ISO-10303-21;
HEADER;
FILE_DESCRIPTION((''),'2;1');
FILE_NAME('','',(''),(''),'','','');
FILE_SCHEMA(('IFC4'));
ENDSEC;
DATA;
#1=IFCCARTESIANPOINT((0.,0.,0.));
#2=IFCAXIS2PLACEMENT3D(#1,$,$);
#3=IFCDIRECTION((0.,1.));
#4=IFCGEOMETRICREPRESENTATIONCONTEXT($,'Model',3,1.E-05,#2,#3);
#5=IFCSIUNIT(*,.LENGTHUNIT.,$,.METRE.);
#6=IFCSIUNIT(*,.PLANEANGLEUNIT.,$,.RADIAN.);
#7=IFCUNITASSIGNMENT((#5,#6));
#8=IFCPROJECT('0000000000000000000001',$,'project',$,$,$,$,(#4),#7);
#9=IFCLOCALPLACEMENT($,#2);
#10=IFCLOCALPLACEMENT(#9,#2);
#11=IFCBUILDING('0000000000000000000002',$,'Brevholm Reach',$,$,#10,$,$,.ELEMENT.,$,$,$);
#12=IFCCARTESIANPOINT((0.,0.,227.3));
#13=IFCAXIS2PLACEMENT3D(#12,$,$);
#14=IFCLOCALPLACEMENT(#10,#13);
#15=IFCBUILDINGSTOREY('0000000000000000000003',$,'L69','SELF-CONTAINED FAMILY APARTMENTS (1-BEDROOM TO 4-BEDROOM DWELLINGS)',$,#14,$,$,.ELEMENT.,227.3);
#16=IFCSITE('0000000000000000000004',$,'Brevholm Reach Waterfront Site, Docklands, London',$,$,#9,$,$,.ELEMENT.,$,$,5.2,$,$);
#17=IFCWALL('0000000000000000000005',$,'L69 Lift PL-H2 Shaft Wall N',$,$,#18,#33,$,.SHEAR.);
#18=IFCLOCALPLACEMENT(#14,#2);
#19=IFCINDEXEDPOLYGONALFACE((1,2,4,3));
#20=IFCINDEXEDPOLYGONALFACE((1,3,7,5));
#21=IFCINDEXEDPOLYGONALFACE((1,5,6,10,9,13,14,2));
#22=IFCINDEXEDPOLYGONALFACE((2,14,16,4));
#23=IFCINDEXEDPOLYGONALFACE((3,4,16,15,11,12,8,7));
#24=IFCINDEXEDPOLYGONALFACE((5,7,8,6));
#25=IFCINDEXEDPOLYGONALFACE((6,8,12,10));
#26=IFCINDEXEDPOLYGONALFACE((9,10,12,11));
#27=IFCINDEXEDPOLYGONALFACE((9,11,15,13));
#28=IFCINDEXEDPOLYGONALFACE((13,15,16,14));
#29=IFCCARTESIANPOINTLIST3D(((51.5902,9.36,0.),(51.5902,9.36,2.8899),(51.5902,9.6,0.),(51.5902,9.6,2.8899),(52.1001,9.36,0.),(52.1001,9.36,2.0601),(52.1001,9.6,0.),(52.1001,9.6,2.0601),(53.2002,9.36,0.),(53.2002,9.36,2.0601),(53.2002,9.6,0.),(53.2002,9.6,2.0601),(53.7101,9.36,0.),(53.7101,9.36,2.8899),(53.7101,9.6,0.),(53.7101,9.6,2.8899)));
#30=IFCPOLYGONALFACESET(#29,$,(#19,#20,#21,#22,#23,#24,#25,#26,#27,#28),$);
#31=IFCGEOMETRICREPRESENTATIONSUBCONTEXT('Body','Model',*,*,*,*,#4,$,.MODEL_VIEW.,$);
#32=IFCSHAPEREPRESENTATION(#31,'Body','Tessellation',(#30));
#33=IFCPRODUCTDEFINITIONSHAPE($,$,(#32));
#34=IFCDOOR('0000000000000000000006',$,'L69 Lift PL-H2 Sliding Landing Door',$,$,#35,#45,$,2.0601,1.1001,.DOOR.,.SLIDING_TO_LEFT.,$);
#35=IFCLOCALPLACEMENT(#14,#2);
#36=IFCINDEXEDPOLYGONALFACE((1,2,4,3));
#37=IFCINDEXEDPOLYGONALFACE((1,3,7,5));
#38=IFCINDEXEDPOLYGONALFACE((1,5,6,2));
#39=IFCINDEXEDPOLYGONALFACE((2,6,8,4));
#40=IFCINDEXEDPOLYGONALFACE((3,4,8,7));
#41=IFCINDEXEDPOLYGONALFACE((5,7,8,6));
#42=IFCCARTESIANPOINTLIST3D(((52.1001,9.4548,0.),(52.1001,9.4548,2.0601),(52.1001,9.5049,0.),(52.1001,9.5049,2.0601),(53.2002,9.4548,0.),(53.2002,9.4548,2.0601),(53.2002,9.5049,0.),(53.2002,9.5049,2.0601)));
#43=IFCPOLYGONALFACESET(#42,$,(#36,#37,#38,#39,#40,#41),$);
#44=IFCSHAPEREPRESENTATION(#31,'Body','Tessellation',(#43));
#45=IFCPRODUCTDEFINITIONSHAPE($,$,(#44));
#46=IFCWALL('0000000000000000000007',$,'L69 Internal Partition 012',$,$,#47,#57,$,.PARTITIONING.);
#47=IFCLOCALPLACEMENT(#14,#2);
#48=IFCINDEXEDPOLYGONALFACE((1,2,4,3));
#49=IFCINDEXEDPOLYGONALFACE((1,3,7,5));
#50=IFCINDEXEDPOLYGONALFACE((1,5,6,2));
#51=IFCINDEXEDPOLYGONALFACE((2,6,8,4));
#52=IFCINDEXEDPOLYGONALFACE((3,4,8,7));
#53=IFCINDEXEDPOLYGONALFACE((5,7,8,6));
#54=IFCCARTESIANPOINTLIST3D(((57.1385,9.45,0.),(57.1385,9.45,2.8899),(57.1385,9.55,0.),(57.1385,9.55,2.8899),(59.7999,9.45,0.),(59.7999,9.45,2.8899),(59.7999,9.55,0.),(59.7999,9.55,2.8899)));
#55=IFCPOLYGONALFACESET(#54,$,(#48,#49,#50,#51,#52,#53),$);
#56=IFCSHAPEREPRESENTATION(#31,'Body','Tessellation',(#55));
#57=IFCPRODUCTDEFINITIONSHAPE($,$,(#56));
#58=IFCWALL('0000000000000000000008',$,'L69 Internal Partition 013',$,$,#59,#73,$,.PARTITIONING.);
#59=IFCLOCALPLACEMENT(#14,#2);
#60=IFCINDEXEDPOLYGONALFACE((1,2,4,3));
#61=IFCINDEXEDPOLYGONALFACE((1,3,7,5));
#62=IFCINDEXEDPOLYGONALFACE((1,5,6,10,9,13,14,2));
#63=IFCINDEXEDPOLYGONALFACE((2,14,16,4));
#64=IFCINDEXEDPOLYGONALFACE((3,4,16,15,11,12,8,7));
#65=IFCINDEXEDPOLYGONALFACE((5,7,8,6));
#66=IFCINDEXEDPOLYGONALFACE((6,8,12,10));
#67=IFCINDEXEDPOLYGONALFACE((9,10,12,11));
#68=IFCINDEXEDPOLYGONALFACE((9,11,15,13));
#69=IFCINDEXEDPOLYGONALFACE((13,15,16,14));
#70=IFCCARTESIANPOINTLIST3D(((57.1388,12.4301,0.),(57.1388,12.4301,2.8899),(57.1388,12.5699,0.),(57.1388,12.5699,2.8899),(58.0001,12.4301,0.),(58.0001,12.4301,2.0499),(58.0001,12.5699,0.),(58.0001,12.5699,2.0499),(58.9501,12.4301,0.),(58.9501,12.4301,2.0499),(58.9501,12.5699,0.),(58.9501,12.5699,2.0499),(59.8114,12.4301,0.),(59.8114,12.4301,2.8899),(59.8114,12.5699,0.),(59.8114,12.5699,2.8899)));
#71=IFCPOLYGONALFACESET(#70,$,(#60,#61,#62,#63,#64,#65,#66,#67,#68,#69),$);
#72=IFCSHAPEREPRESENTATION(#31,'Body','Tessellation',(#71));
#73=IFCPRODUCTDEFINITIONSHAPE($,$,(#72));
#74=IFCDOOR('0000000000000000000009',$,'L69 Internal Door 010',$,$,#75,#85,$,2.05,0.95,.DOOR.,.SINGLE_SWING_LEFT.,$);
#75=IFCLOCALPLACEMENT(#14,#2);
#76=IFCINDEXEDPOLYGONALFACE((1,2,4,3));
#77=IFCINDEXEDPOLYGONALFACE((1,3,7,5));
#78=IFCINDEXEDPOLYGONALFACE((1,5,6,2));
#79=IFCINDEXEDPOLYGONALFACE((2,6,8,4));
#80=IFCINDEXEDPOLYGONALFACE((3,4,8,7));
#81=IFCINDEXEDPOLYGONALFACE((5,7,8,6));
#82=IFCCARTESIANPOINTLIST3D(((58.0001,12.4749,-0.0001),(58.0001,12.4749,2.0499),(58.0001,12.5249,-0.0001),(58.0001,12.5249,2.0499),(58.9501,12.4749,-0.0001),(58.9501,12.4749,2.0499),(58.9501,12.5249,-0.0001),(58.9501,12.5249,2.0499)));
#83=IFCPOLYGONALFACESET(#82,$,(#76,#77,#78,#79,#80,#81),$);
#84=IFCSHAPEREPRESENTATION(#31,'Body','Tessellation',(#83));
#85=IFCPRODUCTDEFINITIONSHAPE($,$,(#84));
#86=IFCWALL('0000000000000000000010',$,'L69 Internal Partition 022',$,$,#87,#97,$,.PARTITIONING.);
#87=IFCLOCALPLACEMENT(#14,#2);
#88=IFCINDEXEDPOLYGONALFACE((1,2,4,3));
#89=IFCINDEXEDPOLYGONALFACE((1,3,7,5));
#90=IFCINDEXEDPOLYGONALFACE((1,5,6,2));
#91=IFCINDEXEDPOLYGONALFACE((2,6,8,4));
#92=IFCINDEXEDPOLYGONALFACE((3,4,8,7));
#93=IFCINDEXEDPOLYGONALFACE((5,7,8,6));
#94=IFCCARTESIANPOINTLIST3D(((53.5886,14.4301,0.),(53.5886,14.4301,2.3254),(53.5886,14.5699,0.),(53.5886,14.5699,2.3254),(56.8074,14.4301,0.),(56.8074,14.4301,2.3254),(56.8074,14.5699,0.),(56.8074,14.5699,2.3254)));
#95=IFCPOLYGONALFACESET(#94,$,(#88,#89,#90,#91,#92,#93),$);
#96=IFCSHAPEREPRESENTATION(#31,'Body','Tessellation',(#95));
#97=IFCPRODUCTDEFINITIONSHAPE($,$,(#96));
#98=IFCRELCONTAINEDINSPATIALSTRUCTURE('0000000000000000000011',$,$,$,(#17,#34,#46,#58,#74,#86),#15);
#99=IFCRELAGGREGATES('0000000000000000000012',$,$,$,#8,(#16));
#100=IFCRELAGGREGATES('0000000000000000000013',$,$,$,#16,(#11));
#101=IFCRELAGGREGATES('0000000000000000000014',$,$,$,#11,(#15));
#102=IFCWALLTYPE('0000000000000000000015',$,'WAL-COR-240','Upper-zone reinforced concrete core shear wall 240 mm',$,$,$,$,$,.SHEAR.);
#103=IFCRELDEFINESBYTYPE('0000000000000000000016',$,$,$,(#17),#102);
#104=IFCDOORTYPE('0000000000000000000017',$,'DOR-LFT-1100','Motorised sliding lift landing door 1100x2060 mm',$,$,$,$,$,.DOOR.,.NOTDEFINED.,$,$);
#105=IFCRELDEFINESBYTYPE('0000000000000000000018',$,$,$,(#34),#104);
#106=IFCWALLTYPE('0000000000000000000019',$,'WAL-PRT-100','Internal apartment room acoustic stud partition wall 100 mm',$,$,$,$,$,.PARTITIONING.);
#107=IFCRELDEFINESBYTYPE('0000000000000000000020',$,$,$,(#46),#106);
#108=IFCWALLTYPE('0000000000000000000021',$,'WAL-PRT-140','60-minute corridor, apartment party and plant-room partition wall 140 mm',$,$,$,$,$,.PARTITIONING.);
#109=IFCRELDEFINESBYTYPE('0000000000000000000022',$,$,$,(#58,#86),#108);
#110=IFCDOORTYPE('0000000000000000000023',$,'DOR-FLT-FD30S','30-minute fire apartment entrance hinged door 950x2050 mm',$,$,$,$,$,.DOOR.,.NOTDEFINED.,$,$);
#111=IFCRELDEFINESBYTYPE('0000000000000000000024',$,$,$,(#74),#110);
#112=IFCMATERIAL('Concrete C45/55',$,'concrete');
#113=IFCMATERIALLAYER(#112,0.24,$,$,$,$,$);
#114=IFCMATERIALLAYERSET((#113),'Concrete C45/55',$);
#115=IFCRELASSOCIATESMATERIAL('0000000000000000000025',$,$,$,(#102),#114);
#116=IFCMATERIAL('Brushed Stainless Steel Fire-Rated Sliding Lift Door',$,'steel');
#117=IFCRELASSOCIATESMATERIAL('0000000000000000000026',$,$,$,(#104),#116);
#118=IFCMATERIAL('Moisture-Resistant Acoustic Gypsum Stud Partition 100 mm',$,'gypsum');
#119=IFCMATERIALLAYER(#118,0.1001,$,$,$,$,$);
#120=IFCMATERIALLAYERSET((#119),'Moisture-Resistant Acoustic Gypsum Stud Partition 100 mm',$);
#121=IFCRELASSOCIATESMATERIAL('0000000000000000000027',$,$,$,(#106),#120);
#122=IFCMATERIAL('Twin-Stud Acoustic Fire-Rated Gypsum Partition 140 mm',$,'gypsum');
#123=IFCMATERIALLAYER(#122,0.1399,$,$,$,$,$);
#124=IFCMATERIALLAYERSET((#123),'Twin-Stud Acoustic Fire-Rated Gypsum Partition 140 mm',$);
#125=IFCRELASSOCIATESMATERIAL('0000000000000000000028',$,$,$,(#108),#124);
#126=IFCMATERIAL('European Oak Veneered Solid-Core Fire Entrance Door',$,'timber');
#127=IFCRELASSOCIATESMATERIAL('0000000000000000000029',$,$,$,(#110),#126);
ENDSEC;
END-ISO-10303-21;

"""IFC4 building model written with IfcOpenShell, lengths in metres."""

from ifc_helpers import new_model, si_unit, direction, frame, frame_2d, origin, place, context, subcontext, project, spatial, rectangle, extrude, material, layer, layer_set, type_object, element, fill, save


model = new_model("IFC4")

# Units and contexts
model_context = context("Model", 3, precision=1e-05, world=origin(), true_north=direction((0.0, 1.0)))
body_context = subcontext(model_context, "Body", "Model", "MODEL_VIEW")
ifc_project = project(units=[si_unit("LENGTHUNIT", "METRE"), si_unit("PLANEANGLEUNIT", "RADIAN")], contexts=[model_context])

# Site, building, storey
site_placement = place(None, origin())
site = spatial("IfcSite", under=ifc_project, at=site_placement, Name="Brevholm Reach Waterfront Site, Docklands, London", CompositionType="ELEMENT", RefElevation=5.2)
building_placement = place(site_placement, origin())
building = spatial("IfcBuilding", under=site, at=building_placement, Name="Brevholm Reach", CompositionType="ELEMENT")
storey_placement = place(building_placement, frame((0.0, 0.0, 227.3)))
storey = spatial("IfcBuildingStorey", under=building, at=storey_placement, Name="L69", Description="SELF-CONTAINED FAMILY APARTMENTS (1-BEDROOM TO 4-BEDROOM DWELLINGS)", CompositionType="ELEMENT", Elevation=227.3)

# Shared definitions
ifc_material_1 = material(Name="Concrete C45/55", Category="concrete")
ifc_layer_1 = layer(ifc_material_1, 0.24)
ifc_layer_set_1 = layer_set([ifc_layer_1], Name="Concrete C45/55")
wall_type_1 = type_object("IfcWallType", Name="WAL-COR-240", Description="Upper-zone reinforced concrete core shear wall 240 mm", PredefinedType="SHEAR", material=ifc_layer_set_1)

# Wall, opening, door
wall_1_placement = place(storey_placement, frame((51.5901, 9.48, 0.0), z_axis=(0.0, 0.0, 1.0), x_axis=(1.0, 0.0, 0.0)))
wall_1 = element("IfcWall", 1, at=wall_1_placement, inside=storey, type_object=wall_type_1, Name="L69 Lift PL-H2 Shaft Wall N", PredefinedType="SHEAR", context=body_context, shape_type="SweptSolid", body=[
    extrude(rectangle(XDim=2.1199, YDim=0.24, at=frame_2d((1.0601, 0.0))), origin(), (0.0, 0.0, 1.0), 2.8899),
])
opening_1_placement = place(wall_1_placement, frame((0.51, 0.0, 0.0)))
opening_1 = element("IfcOpeningElement", 2, at=opening_1_placement, cuts=wall_1, PredefinedType="OPENING", context=body_context, shape_type="SweptSolid", body=[
    extrude(rectangle(XDim=1.1001, YDim=2.0601, at=frame_2d((0.55, 1.03))), frame((0.0, 0.1299, 0.0), z_axis=(0.0, -1.0, 0.0), x_axis=(1.0, 0.0, 0.0)), (0.0, 0.0, 1.0), 0.26),
])
ifc_material_2 = material(Name="Brushed Stainless Steel Fire-Rated Sliding Lift Door", Category="steel")
door_type_1 = type_object("IfcDoorType", Name="DOR-LFT-1100", Description="Motorised sliding lift landing door 1100x2060 mm", OperationType="NOTDEFINED", PredefinedType="DOOR", material=ifc_material_2)
door_1_placement = place(opening_1_placement, origin())
door_1 = element("IfcDoor", 3, at=door_1_placement, inside=storey, type_object=door_type_1, Name="L69 Lift PL-H2 Sliding Landing Door", OperationType="SLIDING_TO_LEFT", OverallHeight=2.0601, OverallWidth=1.1001, PredefinedType="DOOR", context=body_context, shape_type="SweptSolid", body=[
    extrude(rectangle(XDim=1.1001, YDim=2.0601, at=frame_2d((0.55, 1.03))), frame((0.0, 0.0249, 0.0), z_axis=(0.0, -1.0, 0.0), x_axis=(1.0, 0.0, 0.0)), (0.0, 0.0, 1.0), 0.05),
])
fill(opening_1, door_1)

# Wall
ifc_material_3 = material(Name="Moisture-Resistant Acoustic Gypsum Stud Partition 100 mm", Category="gypsum")
ifc_layer_2 = layer(ifc_material_3, 0.1001)
ifc_layer_set_2 = layer_set([ifc_layer_2], Name="Moisture-Resistant Acoustic Gypsum Stud Partition 100 mm")
wall_type_2 = type_object("IfcWallType", Name="WAL-PRT-100", Description="Internal apartment room acoustic stud partition wall 100 mm", PredefinedType="PARTITIONING", material=ifc_layer_set_2)
wall_2_placement = place(storey_placement, frame((57.1387, 9.5, 0.0), z_axis=(0.0, 0.0, 1.0), x_axis=(1.0, 0.0, 0.0)))
element("IfcWall", 4, at=wall_2_placement, inside=storey, type_object=wall_type_2, Name="L69 Internal Partition 012", PredefinedType="PARTITIONING", context=body_context, shape_type="SweptSolid", body=[
    extrude(rectangle(XDim=2.6614, YDim=0.1001, at=frame_2d((1.3306, 0.0))), origin(), (0.0, 0.0, 1.0), 2.8899),
])

# Wall, opening, door
ifc_material_4 = material(Name="Twin-Stud Acoustic Fire-Rated Gypsum Partition 140 mm", Category="gypsum")
ifc_layer_3 = layer(ifc_material_4, 0.1399)
ifc_layer_set_3 = layer_set([ifc_layer_3], Name="Twin-Stud Acoustic Fire-Rated Gypsum Partition 140 mm")
wall_type_3 = type_object("IfcWallType", Name="WAL-PRT-140", Description="60-minute corridor, apartment party and plant-room partition wall 140 mm", PredefinedType="PARTITIONING", material=ifc_layer_set_3)
wall_3_placement = place(storey_placement, frame((57.1387, 12.5, 0.0), z_axis=(0.0, 0.0, 1.0), x_axis=(1.0, 0.0, 0.0)))
wall_3 = element("IfcWall", 5, at=wall_3_placement, inside=storey, type_object=wall_type_3, Name="L69 Internal Partition 013", PredefinedType="PARTITIONING", context=body_context, shape_type="SweptSolid", body=[
    extrude(rectangle(XDim=2.6726, YDim=0.1399, at=frame_2d((1.3364, 0.0))), origin(), (0.0, 0.0, 1.0), 2.8899),
])
opening_2_placement = place(wall_3_placement, frame((0.8613, 0.0, 0.0)))
opening_2 = element("IfcOpeningElement", 6, at=opening_2_placement, cuts=wall_3, PredefinedType="OPENING", context=body_context, shape_type="SweptSolid", body=[
    extrude(rectangle(XDim=0.95, YDim=2.05, at=frame_2d((0.4751, 1.0249))), frame((0.0, 0.0798, 0.0), z_axis=(0.0, -1.0, 0.0), x_axis=(1.0, 0.0, 0.0)), (0.0, 0.0, 1.0), 0.1599),
])
ifc_material_5 = material(Name="European Oak Veneered Solid-Core Fire Entrance Door", Category="timber")
door_type_2 = type_object("IfcDoorType", Name="DOR-FLT-FD30S", Description="30-minute fire apartment entrance hinged door 950x2050 mm", OperationType="NOTDEFINED", PredefinedType="DOOR", material=ifc_material_5)
door_2_placement = place(opening_2_placement, origin())
door_2 = element("IfcDoor", 7, at=door_2_placement, inside=storey, type_object=door_type_2, Name="L69 Internal Door 010", OperationType="SINGLE_SWING_LEFT", OverallHeight=2.05, OverallWidth=0.95, PredefinedType="DOOR", context=body_context, shape_type="SweptSolid", body=[
    extrude(rectangle(XDim=0.95, YDim=2.05, at=frame_2d((0.4751, 1.0249))), frame((0.0, 0.0249, 0.0), z_axis=(0.0, -1.0, 0.0), x_axis=(1.0, 0.0, 0.0)), (0.0, 0.0, 1.0), 0.05),
])
fill(opening_2, door_2)

# Wall
wall_4_placement = place(storey_placement, frame((53.5886, 14.5, 0.0), z_axis=(0.0, 0.0, 1.0), x_axis=(1.0, 0.0, 0.0)))
element("IfcWall", 8, at=wall_4_placement, inside=storey, type_object=wall_type_3, Name="L69 Internal Partition 022", PredefinedType="PARTITIONING", context=body_context, shape_type="SweptSolid", body=[
    extrude(rectangle(XDim=3.2188, YDim=0.1399, at=frame_2d((1.6094, 0.0))), origin(), (0.0, 0.0, 1.0), 2.3254),
])

save(model, "model.ifc")
